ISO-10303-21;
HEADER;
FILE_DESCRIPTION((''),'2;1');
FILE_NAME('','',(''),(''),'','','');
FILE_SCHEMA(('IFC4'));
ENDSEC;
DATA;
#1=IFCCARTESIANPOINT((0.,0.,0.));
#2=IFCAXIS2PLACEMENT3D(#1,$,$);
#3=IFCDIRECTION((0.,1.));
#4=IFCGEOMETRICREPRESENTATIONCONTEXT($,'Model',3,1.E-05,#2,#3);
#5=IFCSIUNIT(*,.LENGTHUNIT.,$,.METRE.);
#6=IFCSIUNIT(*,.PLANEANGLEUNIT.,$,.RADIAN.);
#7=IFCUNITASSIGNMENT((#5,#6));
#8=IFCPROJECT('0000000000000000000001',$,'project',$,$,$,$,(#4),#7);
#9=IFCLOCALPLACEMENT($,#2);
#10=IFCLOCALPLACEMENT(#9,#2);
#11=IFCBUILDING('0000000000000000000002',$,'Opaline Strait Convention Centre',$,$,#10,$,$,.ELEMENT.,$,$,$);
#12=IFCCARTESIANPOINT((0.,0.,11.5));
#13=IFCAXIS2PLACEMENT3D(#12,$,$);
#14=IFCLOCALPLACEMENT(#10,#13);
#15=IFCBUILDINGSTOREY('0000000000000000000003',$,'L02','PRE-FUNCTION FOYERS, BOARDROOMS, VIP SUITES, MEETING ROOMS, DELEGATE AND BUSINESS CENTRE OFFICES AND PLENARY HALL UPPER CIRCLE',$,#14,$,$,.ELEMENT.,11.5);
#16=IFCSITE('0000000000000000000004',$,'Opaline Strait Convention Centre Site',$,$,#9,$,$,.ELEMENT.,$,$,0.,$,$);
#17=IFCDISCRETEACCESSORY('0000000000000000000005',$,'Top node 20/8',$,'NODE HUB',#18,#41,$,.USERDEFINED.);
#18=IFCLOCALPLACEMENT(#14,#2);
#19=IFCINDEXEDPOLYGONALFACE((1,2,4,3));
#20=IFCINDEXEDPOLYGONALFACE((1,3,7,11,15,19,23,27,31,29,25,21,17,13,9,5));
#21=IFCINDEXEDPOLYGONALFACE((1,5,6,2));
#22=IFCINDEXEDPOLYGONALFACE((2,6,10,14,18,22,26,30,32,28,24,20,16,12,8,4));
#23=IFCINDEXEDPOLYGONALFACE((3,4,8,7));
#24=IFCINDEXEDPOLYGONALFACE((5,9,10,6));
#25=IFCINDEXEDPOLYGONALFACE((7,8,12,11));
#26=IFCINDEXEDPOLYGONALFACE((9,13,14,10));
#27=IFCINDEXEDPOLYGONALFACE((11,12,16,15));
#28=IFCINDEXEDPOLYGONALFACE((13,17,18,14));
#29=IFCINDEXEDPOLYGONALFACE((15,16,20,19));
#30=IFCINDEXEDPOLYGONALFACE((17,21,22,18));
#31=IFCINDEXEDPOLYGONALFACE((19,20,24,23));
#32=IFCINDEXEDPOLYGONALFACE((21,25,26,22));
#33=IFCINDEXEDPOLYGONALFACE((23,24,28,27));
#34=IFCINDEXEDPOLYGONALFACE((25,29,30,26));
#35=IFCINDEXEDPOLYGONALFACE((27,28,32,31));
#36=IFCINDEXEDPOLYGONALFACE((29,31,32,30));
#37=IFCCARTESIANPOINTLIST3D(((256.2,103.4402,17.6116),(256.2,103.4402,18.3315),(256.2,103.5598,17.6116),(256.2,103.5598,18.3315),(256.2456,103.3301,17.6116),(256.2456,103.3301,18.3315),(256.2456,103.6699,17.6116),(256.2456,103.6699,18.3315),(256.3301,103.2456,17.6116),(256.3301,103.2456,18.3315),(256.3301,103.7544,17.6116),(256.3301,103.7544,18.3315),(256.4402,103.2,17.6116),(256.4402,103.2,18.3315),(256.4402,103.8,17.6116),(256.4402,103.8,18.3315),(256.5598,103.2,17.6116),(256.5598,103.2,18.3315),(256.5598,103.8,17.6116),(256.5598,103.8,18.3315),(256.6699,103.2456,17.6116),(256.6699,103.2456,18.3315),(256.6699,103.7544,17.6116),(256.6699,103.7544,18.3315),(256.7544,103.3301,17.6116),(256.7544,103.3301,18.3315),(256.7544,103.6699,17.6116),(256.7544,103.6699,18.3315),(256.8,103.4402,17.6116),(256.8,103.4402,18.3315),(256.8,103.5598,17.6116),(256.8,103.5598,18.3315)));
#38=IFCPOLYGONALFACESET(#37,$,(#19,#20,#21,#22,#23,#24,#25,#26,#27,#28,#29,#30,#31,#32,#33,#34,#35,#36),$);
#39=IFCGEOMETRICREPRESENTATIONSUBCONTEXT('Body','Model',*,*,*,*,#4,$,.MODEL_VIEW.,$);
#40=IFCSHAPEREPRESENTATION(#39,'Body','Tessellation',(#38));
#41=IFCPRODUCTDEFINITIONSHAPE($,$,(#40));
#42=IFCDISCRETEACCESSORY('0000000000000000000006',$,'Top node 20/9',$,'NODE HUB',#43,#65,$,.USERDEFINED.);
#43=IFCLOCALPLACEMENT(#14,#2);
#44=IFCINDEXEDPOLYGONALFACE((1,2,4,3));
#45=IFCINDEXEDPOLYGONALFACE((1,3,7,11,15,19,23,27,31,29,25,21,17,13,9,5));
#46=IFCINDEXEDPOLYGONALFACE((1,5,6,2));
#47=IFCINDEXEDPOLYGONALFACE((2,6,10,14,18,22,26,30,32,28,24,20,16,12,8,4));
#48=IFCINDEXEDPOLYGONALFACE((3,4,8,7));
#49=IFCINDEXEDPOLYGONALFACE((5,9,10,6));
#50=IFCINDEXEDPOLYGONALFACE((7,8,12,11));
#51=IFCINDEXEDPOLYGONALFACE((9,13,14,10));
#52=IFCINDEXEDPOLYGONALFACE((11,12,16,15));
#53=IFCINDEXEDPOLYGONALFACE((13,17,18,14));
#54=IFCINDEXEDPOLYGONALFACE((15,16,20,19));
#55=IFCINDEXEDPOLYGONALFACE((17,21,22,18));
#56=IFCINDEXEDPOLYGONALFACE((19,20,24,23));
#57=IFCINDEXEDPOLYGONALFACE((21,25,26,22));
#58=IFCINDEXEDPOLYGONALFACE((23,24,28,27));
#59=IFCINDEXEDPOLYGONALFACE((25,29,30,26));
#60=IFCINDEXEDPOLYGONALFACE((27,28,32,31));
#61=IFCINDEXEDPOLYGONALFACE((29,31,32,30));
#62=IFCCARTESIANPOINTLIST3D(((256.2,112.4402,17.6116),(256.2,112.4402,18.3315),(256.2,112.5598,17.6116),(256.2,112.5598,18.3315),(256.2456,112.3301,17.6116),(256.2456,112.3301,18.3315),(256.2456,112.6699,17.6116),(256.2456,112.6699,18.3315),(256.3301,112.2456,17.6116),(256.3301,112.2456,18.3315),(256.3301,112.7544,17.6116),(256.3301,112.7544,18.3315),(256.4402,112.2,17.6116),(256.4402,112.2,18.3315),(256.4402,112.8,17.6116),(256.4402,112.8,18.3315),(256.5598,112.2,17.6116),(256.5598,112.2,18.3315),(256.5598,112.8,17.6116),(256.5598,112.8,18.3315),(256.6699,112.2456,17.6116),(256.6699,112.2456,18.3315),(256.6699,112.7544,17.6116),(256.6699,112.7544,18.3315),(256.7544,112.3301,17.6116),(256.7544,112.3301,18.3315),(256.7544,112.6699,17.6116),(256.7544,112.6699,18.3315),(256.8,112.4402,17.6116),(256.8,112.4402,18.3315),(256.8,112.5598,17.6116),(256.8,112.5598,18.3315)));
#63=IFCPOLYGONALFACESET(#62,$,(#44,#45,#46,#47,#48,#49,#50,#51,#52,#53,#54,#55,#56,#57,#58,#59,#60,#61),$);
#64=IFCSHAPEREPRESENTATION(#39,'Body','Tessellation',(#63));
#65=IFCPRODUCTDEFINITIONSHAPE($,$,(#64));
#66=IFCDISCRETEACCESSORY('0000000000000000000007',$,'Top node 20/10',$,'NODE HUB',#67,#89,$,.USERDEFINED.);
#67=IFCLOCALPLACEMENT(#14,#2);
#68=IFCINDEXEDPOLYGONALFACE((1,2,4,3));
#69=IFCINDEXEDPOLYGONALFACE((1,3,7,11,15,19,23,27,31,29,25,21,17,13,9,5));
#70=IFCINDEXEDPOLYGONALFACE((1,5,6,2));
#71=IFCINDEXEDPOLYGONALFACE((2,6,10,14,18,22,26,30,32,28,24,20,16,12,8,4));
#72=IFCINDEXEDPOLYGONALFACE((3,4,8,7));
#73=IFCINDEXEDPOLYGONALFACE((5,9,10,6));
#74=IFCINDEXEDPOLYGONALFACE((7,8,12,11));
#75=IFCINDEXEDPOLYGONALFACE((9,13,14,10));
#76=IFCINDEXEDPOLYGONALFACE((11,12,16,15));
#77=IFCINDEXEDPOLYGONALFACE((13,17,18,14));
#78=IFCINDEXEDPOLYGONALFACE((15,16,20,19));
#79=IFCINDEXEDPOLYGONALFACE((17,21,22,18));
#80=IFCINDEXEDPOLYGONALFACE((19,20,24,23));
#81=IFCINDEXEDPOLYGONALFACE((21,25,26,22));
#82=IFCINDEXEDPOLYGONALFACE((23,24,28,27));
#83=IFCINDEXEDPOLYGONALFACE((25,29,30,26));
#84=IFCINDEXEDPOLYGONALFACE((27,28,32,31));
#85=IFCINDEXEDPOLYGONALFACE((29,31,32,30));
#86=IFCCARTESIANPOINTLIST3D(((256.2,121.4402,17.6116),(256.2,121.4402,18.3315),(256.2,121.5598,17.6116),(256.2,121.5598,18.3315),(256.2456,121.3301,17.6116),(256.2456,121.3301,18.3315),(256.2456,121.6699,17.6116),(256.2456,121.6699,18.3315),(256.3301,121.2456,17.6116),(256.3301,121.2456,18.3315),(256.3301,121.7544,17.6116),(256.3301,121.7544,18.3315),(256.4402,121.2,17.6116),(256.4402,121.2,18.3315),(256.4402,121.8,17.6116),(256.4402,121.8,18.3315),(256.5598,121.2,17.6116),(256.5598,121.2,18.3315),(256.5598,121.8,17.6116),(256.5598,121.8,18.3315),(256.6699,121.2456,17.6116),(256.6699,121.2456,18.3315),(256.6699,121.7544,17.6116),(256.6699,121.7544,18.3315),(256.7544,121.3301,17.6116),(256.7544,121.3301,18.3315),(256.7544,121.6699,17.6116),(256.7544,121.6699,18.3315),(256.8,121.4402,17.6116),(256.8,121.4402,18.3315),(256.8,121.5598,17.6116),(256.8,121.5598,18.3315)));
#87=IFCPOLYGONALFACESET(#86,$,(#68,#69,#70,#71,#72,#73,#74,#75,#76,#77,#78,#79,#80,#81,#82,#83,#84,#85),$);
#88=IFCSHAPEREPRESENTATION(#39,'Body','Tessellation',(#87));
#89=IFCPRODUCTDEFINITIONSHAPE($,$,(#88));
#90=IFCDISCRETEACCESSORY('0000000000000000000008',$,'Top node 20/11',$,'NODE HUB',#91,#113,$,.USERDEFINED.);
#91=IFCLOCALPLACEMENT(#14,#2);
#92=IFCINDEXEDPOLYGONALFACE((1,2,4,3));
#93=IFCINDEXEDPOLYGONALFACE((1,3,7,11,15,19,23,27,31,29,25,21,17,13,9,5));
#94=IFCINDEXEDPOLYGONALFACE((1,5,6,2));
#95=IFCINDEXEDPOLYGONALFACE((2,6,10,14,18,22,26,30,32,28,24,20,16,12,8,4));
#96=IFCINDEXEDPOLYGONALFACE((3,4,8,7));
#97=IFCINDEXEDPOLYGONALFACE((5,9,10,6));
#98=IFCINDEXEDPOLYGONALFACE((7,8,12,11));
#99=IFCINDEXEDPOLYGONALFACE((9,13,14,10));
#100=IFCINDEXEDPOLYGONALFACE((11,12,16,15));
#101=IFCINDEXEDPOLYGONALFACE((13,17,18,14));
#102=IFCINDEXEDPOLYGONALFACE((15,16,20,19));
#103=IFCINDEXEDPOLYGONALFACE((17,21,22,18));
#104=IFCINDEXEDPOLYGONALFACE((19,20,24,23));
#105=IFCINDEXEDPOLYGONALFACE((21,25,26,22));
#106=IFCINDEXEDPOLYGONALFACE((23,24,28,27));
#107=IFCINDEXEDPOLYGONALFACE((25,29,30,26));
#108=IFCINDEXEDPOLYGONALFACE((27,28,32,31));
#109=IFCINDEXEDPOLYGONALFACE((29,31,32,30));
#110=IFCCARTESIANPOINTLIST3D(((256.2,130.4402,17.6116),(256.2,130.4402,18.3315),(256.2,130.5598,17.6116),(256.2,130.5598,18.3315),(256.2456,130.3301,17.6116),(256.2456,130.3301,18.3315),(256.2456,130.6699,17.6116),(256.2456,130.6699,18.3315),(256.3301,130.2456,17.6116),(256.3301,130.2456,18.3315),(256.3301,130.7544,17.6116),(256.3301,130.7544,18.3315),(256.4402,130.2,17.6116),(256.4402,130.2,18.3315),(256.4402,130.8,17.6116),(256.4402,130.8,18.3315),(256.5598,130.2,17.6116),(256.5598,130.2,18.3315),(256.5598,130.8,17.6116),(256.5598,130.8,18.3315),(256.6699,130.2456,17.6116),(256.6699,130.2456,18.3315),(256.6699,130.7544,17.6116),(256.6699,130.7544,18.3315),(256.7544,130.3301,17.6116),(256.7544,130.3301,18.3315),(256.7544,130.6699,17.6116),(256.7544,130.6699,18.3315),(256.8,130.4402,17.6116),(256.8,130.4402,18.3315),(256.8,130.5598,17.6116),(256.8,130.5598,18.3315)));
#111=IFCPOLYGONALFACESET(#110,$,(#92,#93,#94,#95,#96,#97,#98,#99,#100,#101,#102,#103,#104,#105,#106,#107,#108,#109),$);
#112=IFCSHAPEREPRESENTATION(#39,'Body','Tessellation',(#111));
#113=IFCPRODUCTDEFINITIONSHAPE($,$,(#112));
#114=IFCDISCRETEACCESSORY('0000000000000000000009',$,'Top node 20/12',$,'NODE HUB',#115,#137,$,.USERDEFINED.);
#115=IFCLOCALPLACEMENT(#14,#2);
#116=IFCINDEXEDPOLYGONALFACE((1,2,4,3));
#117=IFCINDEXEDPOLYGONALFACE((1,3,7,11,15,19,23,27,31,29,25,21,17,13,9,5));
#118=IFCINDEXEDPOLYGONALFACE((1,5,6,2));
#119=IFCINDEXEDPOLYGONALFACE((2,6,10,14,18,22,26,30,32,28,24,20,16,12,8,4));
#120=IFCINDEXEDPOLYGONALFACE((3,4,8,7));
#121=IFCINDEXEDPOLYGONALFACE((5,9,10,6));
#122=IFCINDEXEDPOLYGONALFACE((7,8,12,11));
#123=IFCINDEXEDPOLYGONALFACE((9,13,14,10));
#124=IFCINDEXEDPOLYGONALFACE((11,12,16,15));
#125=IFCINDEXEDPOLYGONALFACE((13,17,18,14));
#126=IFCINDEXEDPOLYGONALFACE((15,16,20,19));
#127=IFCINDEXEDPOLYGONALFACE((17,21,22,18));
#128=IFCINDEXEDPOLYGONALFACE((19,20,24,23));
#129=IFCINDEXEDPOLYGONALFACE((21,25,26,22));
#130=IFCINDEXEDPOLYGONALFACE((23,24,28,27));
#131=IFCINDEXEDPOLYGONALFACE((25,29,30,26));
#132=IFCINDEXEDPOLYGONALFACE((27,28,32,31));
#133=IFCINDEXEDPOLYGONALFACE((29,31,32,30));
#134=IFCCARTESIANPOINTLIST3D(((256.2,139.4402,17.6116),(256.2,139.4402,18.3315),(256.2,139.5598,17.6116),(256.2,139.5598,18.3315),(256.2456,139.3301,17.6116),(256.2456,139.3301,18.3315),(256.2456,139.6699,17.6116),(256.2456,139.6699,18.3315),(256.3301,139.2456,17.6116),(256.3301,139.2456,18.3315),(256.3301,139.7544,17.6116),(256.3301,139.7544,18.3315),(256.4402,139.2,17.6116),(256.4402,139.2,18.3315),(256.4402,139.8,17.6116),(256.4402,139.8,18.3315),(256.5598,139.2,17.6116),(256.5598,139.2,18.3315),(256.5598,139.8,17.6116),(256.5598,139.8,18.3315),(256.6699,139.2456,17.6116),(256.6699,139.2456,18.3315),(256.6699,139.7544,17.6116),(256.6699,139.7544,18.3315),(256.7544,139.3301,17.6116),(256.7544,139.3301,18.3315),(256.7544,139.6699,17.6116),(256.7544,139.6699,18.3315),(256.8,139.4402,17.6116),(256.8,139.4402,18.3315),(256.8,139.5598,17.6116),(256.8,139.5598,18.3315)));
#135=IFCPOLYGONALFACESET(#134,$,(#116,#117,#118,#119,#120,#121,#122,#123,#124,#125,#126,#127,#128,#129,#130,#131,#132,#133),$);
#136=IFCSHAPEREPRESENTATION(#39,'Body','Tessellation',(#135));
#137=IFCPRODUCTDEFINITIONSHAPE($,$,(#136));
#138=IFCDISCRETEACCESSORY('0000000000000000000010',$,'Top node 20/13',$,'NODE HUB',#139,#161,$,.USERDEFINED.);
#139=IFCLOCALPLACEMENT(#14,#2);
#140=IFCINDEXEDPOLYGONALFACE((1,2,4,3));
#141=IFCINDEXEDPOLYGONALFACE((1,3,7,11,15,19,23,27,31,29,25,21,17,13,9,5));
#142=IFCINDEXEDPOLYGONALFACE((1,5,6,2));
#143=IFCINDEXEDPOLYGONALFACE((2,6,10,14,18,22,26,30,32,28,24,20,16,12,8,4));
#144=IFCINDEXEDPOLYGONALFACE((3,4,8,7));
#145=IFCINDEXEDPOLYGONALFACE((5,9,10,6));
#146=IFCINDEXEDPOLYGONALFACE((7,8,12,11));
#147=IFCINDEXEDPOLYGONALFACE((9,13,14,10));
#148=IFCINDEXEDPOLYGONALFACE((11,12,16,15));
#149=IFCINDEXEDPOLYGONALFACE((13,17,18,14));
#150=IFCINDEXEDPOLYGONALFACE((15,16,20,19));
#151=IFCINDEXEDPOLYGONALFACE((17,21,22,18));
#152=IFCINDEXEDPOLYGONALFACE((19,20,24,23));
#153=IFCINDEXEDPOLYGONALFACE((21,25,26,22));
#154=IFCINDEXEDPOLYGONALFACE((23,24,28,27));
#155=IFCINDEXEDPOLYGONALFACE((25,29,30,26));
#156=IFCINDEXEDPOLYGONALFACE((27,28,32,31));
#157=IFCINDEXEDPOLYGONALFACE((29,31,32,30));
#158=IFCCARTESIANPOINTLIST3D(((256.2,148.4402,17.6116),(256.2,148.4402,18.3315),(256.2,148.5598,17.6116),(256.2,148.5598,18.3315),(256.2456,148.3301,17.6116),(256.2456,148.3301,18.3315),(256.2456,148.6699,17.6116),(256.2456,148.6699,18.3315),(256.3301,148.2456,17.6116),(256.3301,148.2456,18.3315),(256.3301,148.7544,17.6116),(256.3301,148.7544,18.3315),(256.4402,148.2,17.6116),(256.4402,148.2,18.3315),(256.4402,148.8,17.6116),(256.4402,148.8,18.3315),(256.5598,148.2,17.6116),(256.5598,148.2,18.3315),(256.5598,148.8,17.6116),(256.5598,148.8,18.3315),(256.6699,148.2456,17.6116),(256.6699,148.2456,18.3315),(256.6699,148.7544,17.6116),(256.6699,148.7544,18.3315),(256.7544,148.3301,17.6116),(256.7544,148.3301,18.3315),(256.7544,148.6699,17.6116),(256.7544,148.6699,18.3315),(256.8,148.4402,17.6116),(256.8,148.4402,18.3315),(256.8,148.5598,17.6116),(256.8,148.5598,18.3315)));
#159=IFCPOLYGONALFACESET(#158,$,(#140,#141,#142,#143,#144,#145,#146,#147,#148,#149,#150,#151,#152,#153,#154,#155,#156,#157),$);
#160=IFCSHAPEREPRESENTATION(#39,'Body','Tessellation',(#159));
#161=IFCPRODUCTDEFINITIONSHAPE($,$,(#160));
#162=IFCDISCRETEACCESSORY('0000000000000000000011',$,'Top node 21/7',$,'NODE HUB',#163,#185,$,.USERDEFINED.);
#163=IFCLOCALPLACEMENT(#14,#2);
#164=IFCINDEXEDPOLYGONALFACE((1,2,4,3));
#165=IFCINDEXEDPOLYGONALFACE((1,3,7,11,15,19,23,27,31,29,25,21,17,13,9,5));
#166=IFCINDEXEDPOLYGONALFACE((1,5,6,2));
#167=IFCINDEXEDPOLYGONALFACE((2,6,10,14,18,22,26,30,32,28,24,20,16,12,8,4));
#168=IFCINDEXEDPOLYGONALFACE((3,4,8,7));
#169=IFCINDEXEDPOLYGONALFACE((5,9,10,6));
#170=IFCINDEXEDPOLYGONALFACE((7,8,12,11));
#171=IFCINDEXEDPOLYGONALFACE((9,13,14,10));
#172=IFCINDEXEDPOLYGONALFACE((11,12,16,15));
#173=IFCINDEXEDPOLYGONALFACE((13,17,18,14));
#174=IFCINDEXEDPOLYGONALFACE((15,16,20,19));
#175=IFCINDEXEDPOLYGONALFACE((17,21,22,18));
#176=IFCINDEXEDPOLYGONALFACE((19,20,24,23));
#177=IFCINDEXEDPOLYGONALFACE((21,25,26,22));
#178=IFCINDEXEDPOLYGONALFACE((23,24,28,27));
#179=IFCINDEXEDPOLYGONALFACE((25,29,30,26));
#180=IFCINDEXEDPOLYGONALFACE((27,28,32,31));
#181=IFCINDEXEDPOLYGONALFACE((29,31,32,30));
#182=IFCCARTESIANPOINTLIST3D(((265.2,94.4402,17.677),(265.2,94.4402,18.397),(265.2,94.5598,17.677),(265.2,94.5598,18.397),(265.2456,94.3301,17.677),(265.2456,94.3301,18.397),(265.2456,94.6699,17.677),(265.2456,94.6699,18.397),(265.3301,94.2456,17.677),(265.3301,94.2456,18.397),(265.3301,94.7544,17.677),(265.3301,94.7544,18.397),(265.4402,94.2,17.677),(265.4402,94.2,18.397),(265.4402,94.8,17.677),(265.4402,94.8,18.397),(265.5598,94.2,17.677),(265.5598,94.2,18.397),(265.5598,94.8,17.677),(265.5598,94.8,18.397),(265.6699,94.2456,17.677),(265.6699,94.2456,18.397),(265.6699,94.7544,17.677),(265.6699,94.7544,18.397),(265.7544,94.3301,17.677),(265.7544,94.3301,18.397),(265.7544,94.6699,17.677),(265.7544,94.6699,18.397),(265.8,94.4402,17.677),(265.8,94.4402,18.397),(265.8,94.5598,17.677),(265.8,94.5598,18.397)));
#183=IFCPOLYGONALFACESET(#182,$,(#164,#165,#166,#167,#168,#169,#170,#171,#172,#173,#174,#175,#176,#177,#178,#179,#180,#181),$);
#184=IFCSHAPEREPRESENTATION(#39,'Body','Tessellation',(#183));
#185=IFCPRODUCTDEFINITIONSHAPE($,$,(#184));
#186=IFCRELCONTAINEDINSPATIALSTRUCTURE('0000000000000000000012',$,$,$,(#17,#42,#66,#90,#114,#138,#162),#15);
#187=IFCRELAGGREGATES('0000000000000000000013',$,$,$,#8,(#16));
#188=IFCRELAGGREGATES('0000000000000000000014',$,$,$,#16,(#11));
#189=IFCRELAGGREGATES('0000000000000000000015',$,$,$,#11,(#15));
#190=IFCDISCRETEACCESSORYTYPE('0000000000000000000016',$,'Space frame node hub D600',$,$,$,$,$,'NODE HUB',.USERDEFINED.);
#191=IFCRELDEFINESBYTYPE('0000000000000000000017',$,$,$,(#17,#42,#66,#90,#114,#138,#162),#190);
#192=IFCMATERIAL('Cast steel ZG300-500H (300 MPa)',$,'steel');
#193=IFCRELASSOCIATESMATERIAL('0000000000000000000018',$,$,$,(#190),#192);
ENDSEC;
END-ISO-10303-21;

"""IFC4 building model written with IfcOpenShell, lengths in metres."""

from ifc_helpers import new_model, si_unit, direction, frame, origin, place, context, subcontext, project, spatial, polyline, outline, extrude, material, type_object, element, save


model = new_model("IFC4")

# Units and contexts
model_context = context("Model", 3, precision=1e-05, world=origin(), true_north=direction((0.0, 1.0)))
body_context = subcontext(model_context, "Body", "Model", "MODEL_VIEW")
ifc_project = project(units=[si_unit("LENGTHUNIT", "METRE"), si_unit("PLANEANGLEUNIT", "RADIAN")], contexts=[model_context])

# Site, building, storey
site_placement = place(None, origin())
site = spatial("IfcSite", under=ifc_project, at=site_placement, Name="Opaline Strait Convention Centre Site", CompositionType="ELEMENT", RefElevation=0.0)
building_placement = place(site_placement, origin())
building = spatial("IfcBuilding", under=site, at=building_placement, Name="Opaline Strait Convention Centre", CompositionType="ELEMENT")
storey_placement = place(building_placement, frame((0.0, 0.0, 11.5)))
storey = spatial("IfcBuildingStorey", under=building, at=storey_placement, Name="L02", Description="PRE-FUNCTION FOYERS, BOARDROOMS, VIP SUITES, MEETING ROOMS, DELEGATE AND BUSINESS CENTRE OFFICES AND PLENARY HALL UPPER CIRCLE", CompositionType="ELEMENT", Elevation=11.5)

# Discrete accessories
ifc_material = material(Name="Cast steel ZG300-500H (300 MPa)", Category="steel")
discrete_accessory_type_1 = type_object("IfcDiscreteAccessoryType", Name="Space frame node hub D600", ElementType="NODE HUB", PredefinedType="USERDEFINED", material=ifc_material)
discrete_accessory_1_placement = place(storey_placement, frame((0.0, 0.0, 17.6116)))
element("IfcDiscreteAccessory", 1, at=discrete_accessory_1_placement, inside=storey, type_object=discrete_accessory_type_1, Name="Top node 20/8", ObjectType="NODE HUB", PredefinedType="USERDEFINED", context=body_context, shape_type="SweptSolid", body=[
    extrude(outline(polyline([(256.8, 103.5598), (256.7544, 103.6699), (256.6699, 103.7544), (256.5598, 103.8), (256.4402, 103.8), (256.3301, 103.7544), (256.2456, 103.6699), (256.2, 103.5598), (256.2, 103.4402), (256.2456, 103.3301), (256.3301, 103.2456), (256.4402, 103.2), (256.5598, 103.2), (256.6699, 103.2456), (256.7544, 103.3301), (256.8, 103.4402), (256.8, 103.5598)])), origin(), (0.0, 0.0, 1.0), 0.72),
])
discrete_accessory_2_placement = place(storey_placement, frame((0.0, 0.0, 17.6116)))
element("IfcDiscreteAccessory", 2, at=discrete_accessory_2_placement, inside=storey, type_object=discrete_accessory_type_1, Name="Top node 20/9", ObjectType="NODE HUB", PredefinedType="USERDEFINED", context=body_context, shape_type="SweptSolid", body=[
    extrude(outline(polyline([(256.8, 112.5598), (256.7544, 112.6699), (256.6699, 112.7544), (256.5598, 112.8), (256.4402, 112.8), (256.3301, 112.7544), (256.2456, 112.6699), (256.2, 112.5598), (256.2, 112.4402), (256.2456, 112.3301), (256.3301, 112.2456), (256.4402, 112.2), (256.5598, 112.2), (256.6699, 112.2456), (256.7544, 112.3301), (256.8, 112.4402), (256.8, 112.5598)])), origin(), (0.0, 0.0, 1.0), 0.72),
])
discrete_accessory_3_placement = place(storey_placement, frame((0.0, 0.0, 17.6116)))
element("IfcDiscreteAccessory", 3, at=discrete_accessory_3_placement, inside=storey, type_object=discrete_accessory_type_1, Name="Top node 20/10", ObjectType="NODE HUB", PredefinedType="USERDEFINED", context=body_context, shape_type="SweptSolid", body=[
    extrude(outline(polyline([(256.8, 121.5598), (256.7544, 121.6699), (256.6699, 121.7544), (256.5598, 121.8), (256.4402, 121.8), (256.3301, 121.7544), (256.2456, 121.6699), (256.2, 121.5598), (256.2, 121.4402), (256.2456, 121.3301), (256.3301, 121.2456), (256.4402, 121.2), (256.5598, 121.2), (256.6699, 121.2456), (256.7544, 121.3301), (256.8, 121.4402), (256.8, 121.5598)])), origin(), (0.0, 0.0, 1.0), 0.72),
])
discrete_accessory_4_placement = place(storey_placement, frame((0.0, 0.0, 17.6116)))
element("IfcDiscreteAccessory", 4, at=discrete_accessory_4_placement, inside=storey, type_object=discrete_accessory_type_1, Name="Top node 20/11", ObjectType="NODE HUB", PredefinedType="USERDEFINED", context=body_context, shape_type="SweptSolid", body=[
    extrude(outline(polyline([(256.8, 130.5598), (256.7544, 130.6699), (256.6699, 130.7544), (256.5598, 130.8), (256.4402, 130.8), (256.3301, 130.7544), (256.2456, 130.6699), (256.2, 130.5598), (256.2, 130.4402), (256.2456, 130.3301), (256.3301, 130.2456), (256.4402, 130.2), (256.5598, 130.2), (256.6699, 130.2456), (256.7544, 130.3301), (256.8, 130.4402), (256.8, 130.5598)])), origin(), (0.0, 0.0, 1.0), 0.72),
])
discrete_accessory_5_placement = place(storey_placement, frame((0.0, 0.0, 17.6116)))
element("IfcDiscreteAccessory", 5, at=discrete_accessory_5_placement, inside=storey, type_object=discrete_accessory_type_1, Name="Top node 20/12", ObjectType="NODE HUB", PredefinedType="USERDEFINED", context=body_context, shape_type="SweptSolid", body=[
    extrude(outline(polyline([(256.8, 139.5598), (256.7544, 139.6699), (256.6699, 139.7544), (256.5598, 139.8), (256.4402, 139.8), (256.3301, 139.7544), (256.2456, 139.6699), (256.2, 139.5598), (256.2, 139.4402), (256.2456, 139.3301), (256.3301, 139.2456), (256.4402, 139.2), (256.5598, 139.2), (256.6699, 139.2456), (256.7544, 139.3301), (256.8, 139.4402), (256.8, 139.5598)])), origin(), (0.0, 0.0, 1.0), 0.72),
])
discrete_accessory_6_placement = place(storey_placement, frame((0.0, 0.0, 17.6116)))
element("IfcDiscreteAccessory", 6, at=discrete_accessory_6_placement, inside=storey, type_object=discrete_accessory_type_1, Name="Top node 20/13", ObjectType="NODE HUB", PredefinedType="USERDEFINED", context=body_context, shape_type="SweptSolid", body=[
    extrude(outline(polyline([(256.8, 148.5598), (256.7544, 148.6699), (256.6699, 148.7544), (256.5598, 148.8), (256.4402, 148.8), (256.3301, 148.7544), (256.2456, 148.6699), (256.2, 148.5598), (256.2, 148.4402), (256.2456, 148.3301), (256.3301, 148.2456), (256.4402, 148.2), (256.5598, 148.2), (256.6699, 148.2456), (256.7544, 148.3301), (256.8, 148.4402), (256.8, 148.5598)])), origin(), (0.0, 0.0, 1.0), 0.72),
])
discrete_accessory_7_placement = place(storey_placement, frame((0.0, 0.0, 17.677)))
element("IfcDiscreteAccessory", 7, at=discrete_accessory_7_placement, inside=storey, type_object=discrete_accessory_type_1, Name="Top node 21/7", ObjectType="NODE HUB", PredefinedType="USERDEFINED", context=body_context, shape_type="SweptSolid", body=[
    extrude(outline(polyline([(265.8, 94.5598), (265.7544, 94.6699), (265.6699, 94.7544), (265.5598, 94.8), (265.4402, 94.8), (265.3301, 94.7544), (265.2456, 94.6699), (265.2, 94.5598), (265.2, 94.4402), (265.2456, 94.3301), (265.3301, 94.2456), (265.4402, 94.2), (265.5598, 94.2), (265.6699, 94.2456), (265.7544, 94.3301), (265.8, 94.4402), (265.8, 94.5598)])), origin(), (0.0, 0.0, 1.0), 0.72),
])

save(model, "model.ifc")
